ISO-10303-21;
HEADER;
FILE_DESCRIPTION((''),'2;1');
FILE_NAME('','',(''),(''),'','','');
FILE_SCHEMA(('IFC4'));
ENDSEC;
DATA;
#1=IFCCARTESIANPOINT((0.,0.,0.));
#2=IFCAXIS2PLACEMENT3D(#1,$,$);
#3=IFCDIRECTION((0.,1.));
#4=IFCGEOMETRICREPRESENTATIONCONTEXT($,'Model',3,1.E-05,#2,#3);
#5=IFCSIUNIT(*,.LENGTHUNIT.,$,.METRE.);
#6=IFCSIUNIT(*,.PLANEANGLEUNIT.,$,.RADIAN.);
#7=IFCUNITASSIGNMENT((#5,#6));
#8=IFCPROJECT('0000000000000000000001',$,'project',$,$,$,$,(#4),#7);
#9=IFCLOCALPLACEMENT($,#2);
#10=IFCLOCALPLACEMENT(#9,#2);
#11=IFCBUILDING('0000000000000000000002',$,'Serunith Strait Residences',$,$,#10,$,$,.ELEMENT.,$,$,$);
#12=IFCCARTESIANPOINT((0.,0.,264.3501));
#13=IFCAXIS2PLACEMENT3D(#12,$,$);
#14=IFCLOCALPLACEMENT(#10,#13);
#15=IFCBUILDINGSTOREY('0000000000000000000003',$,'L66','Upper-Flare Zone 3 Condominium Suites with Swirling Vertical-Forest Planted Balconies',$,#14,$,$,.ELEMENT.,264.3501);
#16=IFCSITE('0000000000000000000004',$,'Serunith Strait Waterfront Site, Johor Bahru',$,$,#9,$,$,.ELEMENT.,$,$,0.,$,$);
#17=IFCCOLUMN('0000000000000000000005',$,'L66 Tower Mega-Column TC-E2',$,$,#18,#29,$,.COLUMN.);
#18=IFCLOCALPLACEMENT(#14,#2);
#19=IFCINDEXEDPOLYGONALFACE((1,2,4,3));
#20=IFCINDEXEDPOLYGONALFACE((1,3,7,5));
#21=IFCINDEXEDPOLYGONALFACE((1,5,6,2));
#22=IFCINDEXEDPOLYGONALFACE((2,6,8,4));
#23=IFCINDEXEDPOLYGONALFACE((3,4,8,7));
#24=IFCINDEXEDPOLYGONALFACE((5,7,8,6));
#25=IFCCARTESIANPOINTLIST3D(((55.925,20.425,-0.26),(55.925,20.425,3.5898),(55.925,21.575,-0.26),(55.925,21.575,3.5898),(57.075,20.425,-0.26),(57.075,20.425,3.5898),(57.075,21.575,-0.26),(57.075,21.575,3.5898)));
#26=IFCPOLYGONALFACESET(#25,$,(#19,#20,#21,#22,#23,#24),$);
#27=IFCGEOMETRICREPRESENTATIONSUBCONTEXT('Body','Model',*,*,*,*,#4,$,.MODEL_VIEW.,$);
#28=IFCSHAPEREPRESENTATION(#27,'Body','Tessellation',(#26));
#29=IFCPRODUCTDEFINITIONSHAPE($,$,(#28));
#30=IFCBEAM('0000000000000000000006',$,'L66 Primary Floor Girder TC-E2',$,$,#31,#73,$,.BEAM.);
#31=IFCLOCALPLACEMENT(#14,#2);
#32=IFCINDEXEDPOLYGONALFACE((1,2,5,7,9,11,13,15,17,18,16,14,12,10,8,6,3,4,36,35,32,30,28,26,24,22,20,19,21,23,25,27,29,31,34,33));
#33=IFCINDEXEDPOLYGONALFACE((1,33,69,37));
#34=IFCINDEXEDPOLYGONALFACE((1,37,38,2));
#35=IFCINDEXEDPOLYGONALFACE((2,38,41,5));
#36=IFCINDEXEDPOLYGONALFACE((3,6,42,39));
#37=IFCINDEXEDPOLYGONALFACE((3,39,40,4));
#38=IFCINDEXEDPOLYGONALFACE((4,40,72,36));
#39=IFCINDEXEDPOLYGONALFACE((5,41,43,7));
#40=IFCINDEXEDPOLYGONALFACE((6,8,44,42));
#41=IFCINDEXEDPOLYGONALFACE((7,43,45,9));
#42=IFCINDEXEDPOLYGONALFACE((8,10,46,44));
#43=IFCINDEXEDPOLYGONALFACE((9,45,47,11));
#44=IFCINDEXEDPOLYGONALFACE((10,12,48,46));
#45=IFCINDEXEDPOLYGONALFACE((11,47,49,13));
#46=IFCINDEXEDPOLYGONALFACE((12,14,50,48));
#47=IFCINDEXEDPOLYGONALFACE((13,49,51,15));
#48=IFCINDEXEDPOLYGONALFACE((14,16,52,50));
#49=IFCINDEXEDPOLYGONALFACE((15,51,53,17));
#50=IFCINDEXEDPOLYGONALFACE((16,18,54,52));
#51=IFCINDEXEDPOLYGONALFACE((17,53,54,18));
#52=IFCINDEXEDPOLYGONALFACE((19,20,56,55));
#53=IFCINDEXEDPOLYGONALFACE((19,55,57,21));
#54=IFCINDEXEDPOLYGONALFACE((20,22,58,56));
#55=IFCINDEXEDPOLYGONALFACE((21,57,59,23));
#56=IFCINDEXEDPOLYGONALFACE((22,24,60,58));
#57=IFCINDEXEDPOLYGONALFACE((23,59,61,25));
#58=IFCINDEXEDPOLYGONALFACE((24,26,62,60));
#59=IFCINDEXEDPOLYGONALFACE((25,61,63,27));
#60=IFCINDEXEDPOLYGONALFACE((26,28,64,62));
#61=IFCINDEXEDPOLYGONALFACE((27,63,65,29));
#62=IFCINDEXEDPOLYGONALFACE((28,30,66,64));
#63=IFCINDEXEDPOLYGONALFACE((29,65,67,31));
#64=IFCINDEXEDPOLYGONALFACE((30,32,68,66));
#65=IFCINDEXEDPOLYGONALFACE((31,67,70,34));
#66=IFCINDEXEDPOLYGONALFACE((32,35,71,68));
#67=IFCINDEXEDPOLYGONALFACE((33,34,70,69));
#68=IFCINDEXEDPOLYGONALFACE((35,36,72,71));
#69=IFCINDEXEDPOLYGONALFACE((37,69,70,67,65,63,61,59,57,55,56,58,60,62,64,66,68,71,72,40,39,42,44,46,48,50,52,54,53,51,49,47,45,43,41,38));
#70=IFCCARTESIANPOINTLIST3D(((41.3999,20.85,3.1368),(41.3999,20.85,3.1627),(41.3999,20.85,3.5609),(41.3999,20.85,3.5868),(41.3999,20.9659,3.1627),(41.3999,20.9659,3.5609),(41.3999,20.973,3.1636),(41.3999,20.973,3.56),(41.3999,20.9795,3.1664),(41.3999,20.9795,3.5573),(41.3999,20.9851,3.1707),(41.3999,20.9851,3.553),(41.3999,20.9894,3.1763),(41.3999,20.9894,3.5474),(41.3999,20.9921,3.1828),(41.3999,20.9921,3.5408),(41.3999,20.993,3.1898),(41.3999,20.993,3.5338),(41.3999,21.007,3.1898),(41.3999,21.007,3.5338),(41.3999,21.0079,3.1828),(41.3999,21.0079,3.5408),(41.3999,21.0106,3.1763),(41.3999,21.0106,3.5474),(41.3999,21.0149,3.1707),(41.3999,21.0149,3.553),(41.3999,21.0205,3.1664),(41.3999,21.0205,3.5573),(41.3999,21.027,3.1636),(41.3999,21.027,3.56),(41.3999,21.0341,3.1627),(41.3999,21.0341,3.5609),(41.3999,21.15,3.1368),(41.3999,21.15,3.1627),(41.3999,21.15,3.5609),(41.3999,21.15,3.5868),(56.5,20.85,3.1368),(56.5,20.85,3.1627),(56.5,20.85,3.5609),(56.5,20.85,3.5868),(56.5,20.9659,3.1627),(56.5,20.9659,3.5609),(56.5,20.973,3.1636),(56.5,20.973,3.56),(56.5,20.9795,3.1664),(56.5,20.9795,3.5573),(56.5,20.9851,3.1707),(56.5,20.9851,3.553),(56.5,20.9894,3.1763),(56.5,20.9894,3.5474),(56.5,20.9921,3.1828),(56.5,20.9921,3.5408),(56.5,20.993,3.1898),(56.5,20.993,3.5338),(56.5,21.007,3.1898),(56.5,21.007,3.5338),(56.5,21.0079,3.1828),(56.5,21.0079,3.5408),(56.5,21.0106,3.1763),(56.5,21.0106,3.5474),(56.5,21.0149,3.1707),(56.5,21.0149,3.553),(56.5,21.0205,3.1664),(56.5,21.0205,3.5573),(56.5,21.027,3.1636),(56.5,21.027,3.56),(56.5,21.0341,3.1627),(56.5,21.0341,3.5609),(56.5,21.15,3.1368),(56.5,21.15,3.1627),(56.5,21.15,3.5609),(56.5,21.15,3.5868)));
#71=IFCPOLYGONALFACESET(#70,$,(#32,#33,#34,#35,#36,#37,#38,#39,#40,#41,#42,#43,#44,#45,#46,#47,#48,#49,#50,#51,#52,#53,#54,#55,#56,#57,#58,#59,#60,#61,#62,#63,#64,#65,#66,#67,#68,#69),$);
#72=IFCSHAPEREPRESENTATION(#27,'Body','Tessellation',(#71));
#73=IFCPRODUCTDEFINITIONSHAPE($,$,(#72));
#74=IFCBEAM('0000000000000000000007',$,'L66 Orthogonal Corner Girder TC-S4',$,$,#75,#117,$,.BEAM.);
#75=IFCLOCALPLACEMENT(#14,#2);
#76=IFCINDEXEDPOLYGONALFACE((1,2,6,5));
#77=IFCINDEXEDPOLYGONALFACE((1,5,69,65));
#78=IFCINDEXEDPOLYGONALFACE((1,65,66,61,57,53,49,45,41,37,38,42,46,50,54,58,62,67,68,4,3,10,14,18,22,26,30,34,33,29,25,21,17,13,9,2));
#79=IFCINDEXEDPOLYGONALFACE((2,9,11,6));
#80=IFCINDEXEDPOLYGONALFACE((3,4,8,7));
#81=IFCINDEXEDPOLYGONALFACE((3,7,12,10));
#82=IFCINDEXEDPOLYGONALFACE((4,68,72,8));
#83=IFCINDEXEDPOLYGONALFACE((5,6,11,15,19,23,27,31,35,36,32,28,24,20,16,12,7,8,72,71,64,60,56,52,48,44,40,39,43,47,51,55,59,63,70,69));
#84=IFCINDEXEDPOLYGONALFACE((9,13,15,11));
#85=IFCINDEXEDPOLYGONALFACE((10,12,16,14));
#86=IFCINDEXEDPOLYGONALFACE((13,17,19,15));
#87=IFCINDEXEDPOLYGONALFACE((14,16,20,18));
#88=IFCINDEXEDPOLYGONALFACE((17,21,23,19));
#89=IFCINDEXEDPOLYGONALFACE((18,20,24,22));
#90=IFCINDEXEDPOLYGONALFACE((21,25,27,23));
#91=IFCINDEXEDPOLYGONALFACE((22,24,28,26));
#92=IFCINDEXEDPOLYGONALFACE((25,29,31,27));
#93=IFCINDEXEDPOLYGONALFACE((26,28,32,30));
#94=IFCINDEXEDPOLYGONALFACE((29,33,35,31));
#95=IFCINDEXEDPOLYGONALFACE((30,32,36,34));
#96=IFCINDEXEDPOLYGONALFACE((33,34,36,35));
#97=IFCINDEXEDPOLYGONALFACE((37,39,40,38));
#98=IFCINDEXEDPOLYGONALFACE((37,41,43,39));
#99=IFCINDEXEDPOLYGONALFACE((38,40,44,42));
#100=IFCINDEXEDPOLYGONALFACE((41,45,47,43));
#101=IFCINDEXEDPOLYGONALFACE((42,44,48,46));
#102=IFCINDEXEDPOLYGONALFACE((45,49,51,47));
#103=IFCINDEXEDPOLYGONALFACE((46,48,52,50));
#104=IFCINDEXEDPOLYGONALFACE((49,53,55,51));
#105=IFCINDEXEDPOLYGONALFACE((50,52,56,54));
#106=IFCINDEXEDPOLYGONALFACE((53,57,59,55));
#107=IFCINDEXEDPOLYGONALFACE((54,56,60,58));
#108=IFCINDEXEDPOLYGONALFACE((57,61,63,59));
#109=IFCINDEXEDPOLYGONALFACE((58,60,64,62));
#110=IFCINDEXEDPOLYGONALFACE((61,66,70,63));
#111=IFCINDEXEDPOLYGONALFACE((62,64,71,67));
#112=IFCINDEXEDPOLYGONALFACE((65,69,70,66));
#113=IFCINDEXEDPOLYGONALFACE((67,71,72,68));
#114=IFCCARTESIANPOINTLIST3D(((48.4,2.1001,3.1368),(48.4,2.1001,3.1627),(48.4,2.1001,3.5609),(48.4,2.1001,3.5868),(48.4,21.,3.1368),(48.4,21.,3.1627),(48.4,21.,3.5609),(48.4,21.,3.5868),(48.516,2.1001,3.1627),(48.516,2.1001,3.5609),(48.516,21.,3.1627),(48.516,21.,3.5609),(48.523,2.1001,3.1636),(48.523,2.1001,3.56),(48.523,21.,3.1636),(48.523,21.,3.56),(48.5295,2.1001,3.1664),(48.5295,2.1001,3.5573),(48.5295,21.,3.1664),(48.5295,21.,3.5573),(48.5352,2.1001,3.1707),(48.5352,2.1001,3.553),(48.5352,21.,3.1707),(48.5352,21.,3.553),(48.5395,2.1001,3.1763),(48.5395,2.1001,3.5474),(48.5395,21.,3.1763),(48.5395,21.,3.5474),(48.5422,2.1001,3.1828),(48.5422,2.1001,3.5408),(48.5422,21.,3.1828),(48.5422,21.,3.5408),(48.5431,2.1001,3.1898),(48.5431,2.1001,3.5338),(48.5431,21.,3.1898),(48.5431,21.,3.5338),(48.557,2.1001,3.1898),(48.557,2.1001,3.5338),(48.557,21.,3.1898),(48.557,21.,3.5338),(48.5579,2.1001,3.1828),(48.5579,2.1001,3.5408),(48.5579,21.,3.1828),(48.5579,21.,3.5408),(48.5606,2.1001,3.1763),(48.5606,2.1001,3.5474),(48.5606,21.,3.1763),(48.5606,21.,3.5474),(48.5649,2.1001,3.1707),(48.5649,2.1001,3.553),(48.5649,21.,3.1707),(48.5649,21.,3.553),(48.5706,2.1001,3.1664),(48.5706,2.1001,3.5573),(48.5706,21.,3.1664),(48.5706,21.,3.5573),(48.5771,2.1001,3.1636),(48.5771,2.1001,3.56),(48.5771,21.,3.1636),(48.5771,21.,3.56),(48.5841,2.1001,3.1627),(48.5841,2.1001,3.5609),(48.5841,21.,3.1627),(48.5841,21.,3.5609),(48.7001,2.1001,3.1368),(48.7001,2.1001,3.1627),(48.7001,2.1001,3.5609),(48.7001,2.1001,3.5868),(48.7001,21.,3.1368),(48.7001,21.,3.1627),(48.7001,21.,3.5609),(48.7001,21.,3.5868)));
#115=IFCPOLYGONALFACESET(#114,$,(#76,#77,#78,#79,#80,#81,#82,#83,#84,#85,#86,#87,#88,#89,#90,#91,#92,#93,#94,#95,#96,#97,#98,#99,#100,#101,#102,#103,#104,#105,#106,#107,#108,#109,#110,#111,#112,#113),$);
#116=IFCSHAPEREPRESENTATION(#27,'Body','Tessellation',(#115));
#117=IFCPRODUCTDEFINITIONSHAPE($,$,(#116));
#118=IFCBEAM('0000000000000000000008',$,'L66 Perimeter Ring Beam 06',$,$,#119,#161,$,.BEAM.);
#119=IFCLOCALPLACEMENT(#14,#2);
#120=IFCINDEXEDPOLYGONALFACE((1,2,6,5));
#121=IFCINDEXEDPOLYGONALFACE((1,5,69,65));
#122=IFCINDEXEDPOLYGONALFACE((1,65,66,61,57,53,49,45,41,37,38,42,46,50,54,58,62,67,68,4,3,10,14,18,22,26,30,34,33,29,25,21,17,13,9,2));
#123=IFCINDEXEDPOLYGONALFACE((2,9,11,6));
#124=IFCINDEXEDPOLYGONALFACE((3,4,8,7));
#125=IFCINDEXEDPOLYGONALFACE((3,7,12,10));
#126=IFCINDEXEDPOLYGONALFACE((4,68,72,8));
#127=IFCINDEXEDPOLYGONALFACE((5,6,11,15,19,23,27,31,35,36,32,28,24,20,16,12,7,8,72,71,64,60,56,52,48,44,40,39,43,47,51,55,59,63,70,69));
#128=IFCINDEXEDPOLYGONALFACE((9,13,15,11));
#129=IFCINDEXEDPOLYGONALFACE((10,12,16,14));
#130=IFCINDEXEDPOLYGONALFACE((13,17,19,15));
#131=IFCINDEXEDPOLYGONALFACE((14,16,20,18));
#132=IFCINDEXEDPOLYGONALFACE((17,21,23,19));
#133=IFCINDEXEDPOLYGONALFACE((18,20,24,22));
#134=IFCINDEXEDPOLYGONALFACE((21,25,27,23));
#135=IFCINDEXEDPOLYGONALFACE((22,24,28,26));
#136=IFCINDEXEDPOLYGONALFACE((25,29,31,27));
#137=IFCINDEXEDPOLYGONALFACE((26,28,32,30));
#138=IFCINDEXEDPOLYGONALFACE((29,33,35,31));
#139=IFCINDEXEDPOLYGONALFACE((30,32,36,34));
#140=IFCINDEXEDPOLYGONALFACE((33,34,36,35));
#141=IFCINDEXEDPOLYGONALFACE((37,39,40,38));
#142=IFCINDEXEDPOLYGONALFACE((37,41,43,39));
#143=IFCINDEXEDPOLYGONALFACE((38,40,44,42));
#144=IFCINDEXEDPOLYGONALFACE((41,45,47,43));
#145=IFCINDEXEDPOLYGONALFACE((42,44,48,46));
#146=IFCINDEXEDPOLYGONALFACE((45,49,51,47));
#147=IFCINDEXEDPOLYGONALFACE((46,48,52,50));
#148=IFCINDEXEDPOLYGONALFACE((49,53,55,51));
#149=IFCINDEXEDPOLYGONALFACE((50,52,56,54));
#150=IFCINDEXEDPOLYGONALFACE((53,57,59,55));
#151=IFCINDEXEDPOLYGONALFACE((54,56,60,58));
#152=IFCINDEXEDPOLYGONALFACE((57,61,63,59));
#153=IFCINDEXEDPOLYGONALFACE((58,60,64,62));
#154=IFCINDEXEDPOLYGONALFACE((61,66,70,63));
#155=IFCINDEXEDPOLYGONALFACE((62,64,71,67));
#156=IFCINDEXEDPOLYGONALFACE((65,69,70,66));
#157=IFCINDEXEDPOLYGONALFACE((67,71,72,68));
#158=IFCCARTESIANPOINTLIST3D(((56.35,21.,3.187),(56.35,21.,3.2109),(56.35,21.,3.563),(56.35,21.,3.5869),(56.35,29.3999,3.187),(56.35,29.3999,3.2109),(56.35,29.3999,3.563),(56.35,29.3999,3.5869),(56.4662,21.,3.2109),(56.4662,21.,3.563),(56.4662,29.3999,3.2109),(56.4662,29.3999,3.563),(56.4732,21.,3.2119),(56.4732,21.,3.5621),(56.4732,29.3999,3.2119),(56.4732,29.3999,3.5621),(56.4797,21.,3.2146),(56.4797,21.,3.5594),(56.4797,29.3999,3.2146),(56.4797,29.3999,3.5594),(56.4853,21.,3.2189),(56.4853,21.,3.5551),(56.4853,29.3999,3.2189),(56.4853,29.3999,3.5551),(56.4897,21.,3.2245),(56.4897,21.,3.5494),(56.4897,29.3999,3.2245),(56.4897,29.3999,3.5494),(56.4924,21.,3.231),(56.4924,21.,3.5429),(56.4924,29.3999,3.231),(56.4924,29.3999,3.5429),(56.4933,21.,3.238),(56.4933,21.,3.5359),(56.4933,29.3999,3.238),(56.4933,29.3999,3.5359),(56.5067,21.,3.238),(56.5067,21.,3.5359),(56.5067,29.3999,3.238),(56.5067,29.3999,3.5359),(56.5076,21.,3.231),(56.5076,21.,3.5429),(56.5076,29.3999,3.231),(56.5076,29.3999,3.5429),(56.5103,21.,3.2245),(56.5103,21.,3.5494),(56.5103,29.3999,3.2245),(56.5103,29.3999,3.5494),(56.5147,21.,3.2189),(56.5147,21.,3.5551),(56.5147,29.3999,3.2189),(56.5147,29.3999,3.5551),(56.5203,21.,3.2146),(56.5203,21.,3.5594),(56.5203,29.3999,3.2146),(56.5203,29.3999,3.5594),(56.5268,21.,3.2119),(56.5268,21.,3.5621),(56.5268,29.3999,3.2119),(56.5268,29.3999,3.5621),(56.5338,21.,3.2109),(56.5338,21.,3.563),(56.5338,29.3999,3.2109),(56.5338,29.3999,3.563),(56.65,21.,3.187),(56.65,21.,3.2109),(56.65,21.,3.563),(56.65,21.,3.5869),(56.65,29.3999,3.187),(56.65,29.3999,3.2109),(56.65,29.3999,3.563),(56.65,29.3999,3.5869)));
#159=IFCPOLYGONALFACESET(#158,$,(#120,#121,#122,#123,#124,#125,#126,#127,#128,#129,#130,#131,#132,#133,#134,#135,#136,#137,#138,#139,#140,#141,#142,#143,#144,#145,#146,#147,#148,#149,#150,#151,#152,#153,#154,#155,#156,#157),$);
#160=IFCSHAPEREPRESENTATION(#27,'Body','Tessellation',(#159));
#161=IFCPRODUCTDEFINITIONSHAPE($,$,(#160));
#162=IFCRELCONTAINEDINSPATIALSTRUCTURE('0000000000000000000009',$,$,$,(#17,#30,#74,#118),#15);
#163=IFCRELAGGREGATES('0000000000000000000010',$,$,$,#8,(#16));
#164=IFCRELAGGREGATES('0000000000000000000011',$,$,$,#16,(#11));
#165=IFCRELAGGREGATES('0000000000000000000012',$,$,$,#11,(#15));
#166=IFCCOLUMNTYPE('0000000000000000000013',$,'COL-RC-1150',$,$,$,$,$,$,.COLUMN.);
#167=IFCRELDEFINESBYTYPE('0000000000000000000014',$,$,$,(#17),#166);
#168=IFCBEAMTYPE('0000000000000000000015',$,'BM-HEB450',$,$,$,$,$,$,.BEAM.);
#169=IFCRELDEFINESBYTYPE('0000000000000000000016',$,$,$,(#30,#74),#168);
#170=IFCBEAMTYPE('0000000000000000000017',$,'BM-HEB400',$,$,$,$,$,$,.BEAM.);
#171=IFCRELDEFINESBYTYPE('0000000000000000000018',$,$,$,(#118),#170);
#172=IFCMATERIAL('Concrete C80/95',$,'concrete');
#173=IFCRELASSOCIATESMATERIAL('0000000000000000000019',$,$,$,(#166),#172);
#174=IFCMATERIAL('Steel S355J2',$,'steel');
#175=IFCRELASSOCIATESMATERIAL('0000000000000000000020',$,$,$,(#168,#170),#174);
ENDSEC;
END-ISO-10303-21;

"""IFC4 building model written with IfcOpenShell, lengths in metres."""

from ifc_helpers import new_model, si_unit, direction, frame, origin, origin_2d, place, context, subcontext, project, spatial, rectangle, i_section, extrude, source, transform, mapped, material, material_profile, profile_set, type_object, element, save


model = new_model("IFC4")

# Units and contexts
model_context = context("Model", 3, precision=1e-05, world=origin(), true_north=direction((0.0, 1.0)))
body_context = subcontext(model_context, "Body", "Model", "MODEL_VIEW")
ifc_project = project(units=[si_unit("LENGTHUNIT", "METRE"), si_unit("PLANEANGLEUNIT", "RADIAN")], contexts=[model_context])

# Site, building, storey
site_placement = place(None, origin())
site = spatial("IfcSite", under=ifc_project, at=site_placement, Name="Serunith Strait Waterfront Site, Johor Bahru", CompositionType="ELEMENT", RefElevation=0.0)
building_placement = place(site_placement, origin())
building = spatial("IfcBuilding", under=site, at=building_placement, Name="Serunith Strait Residences", CompositionType="ELEMENT")
storey_placement = place(building_placement, frame((0.0, 0.0, 264.3501)))
storey = spatial("IfcBuildingStorey", under=building, at=storey_placement, Name="L66", Description="Upper-Flare Zone 3 Condominium Suites with Swirling Vertical-Forest Planted Balconies", CompositionType="ELEMENT", Elevation=264.3501)

# Column
ifc_material_1 = material(Name="Concrete C80/95", Category="concrete")
ifc_material_profile_1 = material_profile(ifc_material_1, rectangle(XDim=1.1499, YDim=1.1499, at=origin_2d()), Name="RC 1150x1150")
ifc_profile_set_1 = profile_set([ifc_material_profile_1], Name="Concrete C80/95")
column_type = type_object("IfcColumnType", Name="COL-RC-1150", PredefinedType="COLUMN", material=ifc_profile_set_1)
shared_shape_1 = source(origin(), body_context, "Body", "SweptSolid", [
    extrude(rectangle(XDim=1.1499, YDim=1.1499, at=origin_2d()), origin(), (0.0, 0.0, 1.0), 3.8499),
])
column_placement = place(storey_placement, frame((56.5, 21.0, -0.26), z_axis=(0.0, 0.0, 1.0), x_axis=(1.0, 0.0, 0.0)))
element("IfcColumn", 1, at=column_placement, inside=storey, type_object=column_type, Name="L66 Tower Mega-Column TC-E2", PredefinedType="COLUMN", context=body_context, shape_type="MappedRepresentation", body=[
    mapped(shared_shape_1, transform((0.0, 0.0, 0.0), scale=1.0)),
])

# Beams
ifc_material_2 = material(Name="Steel S355J2", Category="steel")
ifc_material_profile_2 = material_profile(ifc_material_2, i_section(OverallWidth=0.3, OverallDepth=0.45, WebThickness=0.0139, FlangeThickness=0.0259, FilletRadius=0.0271, at=origin_2d()), Name="HEB 450")
ifc_profile_set_2 = profile_set([ifc_material_profile_2], Name="Steel S355J2")
beam_type_1 = type_object("IfcBeamType", Name="BM-HEB450", PredefinedType="BEAM", material=ifc_profile_set_2)
shared_shape_2 = source(origin(), body_context, "Body", "SweptSolid", [
    extrude(i_section(OverallWidth=0.3, OverallDepth=0.45, WebThickness=0.0139, FlangeThickness=0.0259, FilletRadius=0.0271, at=origin_2d()), origin(), (0.0, 0.0, 1.0), 15.1001),
])
beam_1_placement = place(storey_placement, frame((41.3999, 21.0, 3.3618), z_axis=(1.0, 0.0, 0.0), x_axis=(0.0, 1.0, 0.0)))
element("IfcBeam", 2, at=beam_1_placement, inside=storey, type_object=beam_type_1, Name="L66 Primary Floor Girder TC-E2", PredefinedType="BEAM", context=body_context, shape_type="MappedRepresentation", body=[
    mapped(shared_shape_2, transform((0.0, 0.0, 0.0), scale=1.0)),
])
shared_shape_3 = source(origin(), body_context, "Body", "SweptSolid", [
    extrude(i_section(OverallWidth=0.3, OverallDepth=0.45, WebThickness=0.0139, FlangeThickness=0.0259, FilletRadius=0.0271, at=origin_2d()), origin(), (0.0, 0.0, 1.0), 18.8999),
])
beam_2_placement = place(storey_placement, frame((48.55, 21.0, 3.3618), z_axis=(0.0, -1.0, 0.0), x_axis=(1.0, 0.0, 0.0)))
element("IfcBeam", 3, at=beam_2_placement, inside=storey, type_object=beam_type_1, Name="L66 Orthogonal Corner Girder TC-S4", PredefinedType="BEAM", context=body_context, shape_type="MappedRepresentation", body=[
    mapped(shared_shape_3, transform((0.0, 0.0, 0.0), scale=1.0)),
])
ifc_material_profile_3 = material_profile(ifc_material_2, i_section(OverallWidth=0.3, OverallDepth=0.3999, WebThickness=0.0134, FlangeThickness=0.0239, FilletRadius=0.0271, at=origin_2d()), Name="HEB 400")
ifc_profile_set_3 = profile_set([ifc_material_profile_3], Name="Steel S355J2")
beam_type_2 = type_object("IfcBeamType", Name="BM-HEB400", PredefinedType="BEAM", material=ifc_profile_set_3)
shared_shape_4 = source(origin(), body_context, "Body", "SweptSolid", [
    extrude(i_section(OverallWidth=0.3, OverallDepth=0.3999, WebThickness=0.0134, FlangeThickness=0.0239, FilletRadius=0.0271, at=origin_2d()), origin(), (0.0, 0.0, 1.0), 8.3999),
])
beam_3_placement = place(storey_placement, frame((56.5, 21.0, 3.387), z_axis=(0.0, 1.0, 0.0), x_axis=(-1.0, 0.0, 0.0)))
element("IfcBeam", 4, at=beam_3_placement, inside=storey, type_object=beam_type_2, Name="L66 Perimeter Ring Beam 06", PredefinedType="BEAM", context=body_context, shape_type="MappedRepresentation", body=[
    mapped(shared_shape_4, transform((0.0, 0.0, 0.0), scale=1.0)),
])

save(model, "model.ifc")
